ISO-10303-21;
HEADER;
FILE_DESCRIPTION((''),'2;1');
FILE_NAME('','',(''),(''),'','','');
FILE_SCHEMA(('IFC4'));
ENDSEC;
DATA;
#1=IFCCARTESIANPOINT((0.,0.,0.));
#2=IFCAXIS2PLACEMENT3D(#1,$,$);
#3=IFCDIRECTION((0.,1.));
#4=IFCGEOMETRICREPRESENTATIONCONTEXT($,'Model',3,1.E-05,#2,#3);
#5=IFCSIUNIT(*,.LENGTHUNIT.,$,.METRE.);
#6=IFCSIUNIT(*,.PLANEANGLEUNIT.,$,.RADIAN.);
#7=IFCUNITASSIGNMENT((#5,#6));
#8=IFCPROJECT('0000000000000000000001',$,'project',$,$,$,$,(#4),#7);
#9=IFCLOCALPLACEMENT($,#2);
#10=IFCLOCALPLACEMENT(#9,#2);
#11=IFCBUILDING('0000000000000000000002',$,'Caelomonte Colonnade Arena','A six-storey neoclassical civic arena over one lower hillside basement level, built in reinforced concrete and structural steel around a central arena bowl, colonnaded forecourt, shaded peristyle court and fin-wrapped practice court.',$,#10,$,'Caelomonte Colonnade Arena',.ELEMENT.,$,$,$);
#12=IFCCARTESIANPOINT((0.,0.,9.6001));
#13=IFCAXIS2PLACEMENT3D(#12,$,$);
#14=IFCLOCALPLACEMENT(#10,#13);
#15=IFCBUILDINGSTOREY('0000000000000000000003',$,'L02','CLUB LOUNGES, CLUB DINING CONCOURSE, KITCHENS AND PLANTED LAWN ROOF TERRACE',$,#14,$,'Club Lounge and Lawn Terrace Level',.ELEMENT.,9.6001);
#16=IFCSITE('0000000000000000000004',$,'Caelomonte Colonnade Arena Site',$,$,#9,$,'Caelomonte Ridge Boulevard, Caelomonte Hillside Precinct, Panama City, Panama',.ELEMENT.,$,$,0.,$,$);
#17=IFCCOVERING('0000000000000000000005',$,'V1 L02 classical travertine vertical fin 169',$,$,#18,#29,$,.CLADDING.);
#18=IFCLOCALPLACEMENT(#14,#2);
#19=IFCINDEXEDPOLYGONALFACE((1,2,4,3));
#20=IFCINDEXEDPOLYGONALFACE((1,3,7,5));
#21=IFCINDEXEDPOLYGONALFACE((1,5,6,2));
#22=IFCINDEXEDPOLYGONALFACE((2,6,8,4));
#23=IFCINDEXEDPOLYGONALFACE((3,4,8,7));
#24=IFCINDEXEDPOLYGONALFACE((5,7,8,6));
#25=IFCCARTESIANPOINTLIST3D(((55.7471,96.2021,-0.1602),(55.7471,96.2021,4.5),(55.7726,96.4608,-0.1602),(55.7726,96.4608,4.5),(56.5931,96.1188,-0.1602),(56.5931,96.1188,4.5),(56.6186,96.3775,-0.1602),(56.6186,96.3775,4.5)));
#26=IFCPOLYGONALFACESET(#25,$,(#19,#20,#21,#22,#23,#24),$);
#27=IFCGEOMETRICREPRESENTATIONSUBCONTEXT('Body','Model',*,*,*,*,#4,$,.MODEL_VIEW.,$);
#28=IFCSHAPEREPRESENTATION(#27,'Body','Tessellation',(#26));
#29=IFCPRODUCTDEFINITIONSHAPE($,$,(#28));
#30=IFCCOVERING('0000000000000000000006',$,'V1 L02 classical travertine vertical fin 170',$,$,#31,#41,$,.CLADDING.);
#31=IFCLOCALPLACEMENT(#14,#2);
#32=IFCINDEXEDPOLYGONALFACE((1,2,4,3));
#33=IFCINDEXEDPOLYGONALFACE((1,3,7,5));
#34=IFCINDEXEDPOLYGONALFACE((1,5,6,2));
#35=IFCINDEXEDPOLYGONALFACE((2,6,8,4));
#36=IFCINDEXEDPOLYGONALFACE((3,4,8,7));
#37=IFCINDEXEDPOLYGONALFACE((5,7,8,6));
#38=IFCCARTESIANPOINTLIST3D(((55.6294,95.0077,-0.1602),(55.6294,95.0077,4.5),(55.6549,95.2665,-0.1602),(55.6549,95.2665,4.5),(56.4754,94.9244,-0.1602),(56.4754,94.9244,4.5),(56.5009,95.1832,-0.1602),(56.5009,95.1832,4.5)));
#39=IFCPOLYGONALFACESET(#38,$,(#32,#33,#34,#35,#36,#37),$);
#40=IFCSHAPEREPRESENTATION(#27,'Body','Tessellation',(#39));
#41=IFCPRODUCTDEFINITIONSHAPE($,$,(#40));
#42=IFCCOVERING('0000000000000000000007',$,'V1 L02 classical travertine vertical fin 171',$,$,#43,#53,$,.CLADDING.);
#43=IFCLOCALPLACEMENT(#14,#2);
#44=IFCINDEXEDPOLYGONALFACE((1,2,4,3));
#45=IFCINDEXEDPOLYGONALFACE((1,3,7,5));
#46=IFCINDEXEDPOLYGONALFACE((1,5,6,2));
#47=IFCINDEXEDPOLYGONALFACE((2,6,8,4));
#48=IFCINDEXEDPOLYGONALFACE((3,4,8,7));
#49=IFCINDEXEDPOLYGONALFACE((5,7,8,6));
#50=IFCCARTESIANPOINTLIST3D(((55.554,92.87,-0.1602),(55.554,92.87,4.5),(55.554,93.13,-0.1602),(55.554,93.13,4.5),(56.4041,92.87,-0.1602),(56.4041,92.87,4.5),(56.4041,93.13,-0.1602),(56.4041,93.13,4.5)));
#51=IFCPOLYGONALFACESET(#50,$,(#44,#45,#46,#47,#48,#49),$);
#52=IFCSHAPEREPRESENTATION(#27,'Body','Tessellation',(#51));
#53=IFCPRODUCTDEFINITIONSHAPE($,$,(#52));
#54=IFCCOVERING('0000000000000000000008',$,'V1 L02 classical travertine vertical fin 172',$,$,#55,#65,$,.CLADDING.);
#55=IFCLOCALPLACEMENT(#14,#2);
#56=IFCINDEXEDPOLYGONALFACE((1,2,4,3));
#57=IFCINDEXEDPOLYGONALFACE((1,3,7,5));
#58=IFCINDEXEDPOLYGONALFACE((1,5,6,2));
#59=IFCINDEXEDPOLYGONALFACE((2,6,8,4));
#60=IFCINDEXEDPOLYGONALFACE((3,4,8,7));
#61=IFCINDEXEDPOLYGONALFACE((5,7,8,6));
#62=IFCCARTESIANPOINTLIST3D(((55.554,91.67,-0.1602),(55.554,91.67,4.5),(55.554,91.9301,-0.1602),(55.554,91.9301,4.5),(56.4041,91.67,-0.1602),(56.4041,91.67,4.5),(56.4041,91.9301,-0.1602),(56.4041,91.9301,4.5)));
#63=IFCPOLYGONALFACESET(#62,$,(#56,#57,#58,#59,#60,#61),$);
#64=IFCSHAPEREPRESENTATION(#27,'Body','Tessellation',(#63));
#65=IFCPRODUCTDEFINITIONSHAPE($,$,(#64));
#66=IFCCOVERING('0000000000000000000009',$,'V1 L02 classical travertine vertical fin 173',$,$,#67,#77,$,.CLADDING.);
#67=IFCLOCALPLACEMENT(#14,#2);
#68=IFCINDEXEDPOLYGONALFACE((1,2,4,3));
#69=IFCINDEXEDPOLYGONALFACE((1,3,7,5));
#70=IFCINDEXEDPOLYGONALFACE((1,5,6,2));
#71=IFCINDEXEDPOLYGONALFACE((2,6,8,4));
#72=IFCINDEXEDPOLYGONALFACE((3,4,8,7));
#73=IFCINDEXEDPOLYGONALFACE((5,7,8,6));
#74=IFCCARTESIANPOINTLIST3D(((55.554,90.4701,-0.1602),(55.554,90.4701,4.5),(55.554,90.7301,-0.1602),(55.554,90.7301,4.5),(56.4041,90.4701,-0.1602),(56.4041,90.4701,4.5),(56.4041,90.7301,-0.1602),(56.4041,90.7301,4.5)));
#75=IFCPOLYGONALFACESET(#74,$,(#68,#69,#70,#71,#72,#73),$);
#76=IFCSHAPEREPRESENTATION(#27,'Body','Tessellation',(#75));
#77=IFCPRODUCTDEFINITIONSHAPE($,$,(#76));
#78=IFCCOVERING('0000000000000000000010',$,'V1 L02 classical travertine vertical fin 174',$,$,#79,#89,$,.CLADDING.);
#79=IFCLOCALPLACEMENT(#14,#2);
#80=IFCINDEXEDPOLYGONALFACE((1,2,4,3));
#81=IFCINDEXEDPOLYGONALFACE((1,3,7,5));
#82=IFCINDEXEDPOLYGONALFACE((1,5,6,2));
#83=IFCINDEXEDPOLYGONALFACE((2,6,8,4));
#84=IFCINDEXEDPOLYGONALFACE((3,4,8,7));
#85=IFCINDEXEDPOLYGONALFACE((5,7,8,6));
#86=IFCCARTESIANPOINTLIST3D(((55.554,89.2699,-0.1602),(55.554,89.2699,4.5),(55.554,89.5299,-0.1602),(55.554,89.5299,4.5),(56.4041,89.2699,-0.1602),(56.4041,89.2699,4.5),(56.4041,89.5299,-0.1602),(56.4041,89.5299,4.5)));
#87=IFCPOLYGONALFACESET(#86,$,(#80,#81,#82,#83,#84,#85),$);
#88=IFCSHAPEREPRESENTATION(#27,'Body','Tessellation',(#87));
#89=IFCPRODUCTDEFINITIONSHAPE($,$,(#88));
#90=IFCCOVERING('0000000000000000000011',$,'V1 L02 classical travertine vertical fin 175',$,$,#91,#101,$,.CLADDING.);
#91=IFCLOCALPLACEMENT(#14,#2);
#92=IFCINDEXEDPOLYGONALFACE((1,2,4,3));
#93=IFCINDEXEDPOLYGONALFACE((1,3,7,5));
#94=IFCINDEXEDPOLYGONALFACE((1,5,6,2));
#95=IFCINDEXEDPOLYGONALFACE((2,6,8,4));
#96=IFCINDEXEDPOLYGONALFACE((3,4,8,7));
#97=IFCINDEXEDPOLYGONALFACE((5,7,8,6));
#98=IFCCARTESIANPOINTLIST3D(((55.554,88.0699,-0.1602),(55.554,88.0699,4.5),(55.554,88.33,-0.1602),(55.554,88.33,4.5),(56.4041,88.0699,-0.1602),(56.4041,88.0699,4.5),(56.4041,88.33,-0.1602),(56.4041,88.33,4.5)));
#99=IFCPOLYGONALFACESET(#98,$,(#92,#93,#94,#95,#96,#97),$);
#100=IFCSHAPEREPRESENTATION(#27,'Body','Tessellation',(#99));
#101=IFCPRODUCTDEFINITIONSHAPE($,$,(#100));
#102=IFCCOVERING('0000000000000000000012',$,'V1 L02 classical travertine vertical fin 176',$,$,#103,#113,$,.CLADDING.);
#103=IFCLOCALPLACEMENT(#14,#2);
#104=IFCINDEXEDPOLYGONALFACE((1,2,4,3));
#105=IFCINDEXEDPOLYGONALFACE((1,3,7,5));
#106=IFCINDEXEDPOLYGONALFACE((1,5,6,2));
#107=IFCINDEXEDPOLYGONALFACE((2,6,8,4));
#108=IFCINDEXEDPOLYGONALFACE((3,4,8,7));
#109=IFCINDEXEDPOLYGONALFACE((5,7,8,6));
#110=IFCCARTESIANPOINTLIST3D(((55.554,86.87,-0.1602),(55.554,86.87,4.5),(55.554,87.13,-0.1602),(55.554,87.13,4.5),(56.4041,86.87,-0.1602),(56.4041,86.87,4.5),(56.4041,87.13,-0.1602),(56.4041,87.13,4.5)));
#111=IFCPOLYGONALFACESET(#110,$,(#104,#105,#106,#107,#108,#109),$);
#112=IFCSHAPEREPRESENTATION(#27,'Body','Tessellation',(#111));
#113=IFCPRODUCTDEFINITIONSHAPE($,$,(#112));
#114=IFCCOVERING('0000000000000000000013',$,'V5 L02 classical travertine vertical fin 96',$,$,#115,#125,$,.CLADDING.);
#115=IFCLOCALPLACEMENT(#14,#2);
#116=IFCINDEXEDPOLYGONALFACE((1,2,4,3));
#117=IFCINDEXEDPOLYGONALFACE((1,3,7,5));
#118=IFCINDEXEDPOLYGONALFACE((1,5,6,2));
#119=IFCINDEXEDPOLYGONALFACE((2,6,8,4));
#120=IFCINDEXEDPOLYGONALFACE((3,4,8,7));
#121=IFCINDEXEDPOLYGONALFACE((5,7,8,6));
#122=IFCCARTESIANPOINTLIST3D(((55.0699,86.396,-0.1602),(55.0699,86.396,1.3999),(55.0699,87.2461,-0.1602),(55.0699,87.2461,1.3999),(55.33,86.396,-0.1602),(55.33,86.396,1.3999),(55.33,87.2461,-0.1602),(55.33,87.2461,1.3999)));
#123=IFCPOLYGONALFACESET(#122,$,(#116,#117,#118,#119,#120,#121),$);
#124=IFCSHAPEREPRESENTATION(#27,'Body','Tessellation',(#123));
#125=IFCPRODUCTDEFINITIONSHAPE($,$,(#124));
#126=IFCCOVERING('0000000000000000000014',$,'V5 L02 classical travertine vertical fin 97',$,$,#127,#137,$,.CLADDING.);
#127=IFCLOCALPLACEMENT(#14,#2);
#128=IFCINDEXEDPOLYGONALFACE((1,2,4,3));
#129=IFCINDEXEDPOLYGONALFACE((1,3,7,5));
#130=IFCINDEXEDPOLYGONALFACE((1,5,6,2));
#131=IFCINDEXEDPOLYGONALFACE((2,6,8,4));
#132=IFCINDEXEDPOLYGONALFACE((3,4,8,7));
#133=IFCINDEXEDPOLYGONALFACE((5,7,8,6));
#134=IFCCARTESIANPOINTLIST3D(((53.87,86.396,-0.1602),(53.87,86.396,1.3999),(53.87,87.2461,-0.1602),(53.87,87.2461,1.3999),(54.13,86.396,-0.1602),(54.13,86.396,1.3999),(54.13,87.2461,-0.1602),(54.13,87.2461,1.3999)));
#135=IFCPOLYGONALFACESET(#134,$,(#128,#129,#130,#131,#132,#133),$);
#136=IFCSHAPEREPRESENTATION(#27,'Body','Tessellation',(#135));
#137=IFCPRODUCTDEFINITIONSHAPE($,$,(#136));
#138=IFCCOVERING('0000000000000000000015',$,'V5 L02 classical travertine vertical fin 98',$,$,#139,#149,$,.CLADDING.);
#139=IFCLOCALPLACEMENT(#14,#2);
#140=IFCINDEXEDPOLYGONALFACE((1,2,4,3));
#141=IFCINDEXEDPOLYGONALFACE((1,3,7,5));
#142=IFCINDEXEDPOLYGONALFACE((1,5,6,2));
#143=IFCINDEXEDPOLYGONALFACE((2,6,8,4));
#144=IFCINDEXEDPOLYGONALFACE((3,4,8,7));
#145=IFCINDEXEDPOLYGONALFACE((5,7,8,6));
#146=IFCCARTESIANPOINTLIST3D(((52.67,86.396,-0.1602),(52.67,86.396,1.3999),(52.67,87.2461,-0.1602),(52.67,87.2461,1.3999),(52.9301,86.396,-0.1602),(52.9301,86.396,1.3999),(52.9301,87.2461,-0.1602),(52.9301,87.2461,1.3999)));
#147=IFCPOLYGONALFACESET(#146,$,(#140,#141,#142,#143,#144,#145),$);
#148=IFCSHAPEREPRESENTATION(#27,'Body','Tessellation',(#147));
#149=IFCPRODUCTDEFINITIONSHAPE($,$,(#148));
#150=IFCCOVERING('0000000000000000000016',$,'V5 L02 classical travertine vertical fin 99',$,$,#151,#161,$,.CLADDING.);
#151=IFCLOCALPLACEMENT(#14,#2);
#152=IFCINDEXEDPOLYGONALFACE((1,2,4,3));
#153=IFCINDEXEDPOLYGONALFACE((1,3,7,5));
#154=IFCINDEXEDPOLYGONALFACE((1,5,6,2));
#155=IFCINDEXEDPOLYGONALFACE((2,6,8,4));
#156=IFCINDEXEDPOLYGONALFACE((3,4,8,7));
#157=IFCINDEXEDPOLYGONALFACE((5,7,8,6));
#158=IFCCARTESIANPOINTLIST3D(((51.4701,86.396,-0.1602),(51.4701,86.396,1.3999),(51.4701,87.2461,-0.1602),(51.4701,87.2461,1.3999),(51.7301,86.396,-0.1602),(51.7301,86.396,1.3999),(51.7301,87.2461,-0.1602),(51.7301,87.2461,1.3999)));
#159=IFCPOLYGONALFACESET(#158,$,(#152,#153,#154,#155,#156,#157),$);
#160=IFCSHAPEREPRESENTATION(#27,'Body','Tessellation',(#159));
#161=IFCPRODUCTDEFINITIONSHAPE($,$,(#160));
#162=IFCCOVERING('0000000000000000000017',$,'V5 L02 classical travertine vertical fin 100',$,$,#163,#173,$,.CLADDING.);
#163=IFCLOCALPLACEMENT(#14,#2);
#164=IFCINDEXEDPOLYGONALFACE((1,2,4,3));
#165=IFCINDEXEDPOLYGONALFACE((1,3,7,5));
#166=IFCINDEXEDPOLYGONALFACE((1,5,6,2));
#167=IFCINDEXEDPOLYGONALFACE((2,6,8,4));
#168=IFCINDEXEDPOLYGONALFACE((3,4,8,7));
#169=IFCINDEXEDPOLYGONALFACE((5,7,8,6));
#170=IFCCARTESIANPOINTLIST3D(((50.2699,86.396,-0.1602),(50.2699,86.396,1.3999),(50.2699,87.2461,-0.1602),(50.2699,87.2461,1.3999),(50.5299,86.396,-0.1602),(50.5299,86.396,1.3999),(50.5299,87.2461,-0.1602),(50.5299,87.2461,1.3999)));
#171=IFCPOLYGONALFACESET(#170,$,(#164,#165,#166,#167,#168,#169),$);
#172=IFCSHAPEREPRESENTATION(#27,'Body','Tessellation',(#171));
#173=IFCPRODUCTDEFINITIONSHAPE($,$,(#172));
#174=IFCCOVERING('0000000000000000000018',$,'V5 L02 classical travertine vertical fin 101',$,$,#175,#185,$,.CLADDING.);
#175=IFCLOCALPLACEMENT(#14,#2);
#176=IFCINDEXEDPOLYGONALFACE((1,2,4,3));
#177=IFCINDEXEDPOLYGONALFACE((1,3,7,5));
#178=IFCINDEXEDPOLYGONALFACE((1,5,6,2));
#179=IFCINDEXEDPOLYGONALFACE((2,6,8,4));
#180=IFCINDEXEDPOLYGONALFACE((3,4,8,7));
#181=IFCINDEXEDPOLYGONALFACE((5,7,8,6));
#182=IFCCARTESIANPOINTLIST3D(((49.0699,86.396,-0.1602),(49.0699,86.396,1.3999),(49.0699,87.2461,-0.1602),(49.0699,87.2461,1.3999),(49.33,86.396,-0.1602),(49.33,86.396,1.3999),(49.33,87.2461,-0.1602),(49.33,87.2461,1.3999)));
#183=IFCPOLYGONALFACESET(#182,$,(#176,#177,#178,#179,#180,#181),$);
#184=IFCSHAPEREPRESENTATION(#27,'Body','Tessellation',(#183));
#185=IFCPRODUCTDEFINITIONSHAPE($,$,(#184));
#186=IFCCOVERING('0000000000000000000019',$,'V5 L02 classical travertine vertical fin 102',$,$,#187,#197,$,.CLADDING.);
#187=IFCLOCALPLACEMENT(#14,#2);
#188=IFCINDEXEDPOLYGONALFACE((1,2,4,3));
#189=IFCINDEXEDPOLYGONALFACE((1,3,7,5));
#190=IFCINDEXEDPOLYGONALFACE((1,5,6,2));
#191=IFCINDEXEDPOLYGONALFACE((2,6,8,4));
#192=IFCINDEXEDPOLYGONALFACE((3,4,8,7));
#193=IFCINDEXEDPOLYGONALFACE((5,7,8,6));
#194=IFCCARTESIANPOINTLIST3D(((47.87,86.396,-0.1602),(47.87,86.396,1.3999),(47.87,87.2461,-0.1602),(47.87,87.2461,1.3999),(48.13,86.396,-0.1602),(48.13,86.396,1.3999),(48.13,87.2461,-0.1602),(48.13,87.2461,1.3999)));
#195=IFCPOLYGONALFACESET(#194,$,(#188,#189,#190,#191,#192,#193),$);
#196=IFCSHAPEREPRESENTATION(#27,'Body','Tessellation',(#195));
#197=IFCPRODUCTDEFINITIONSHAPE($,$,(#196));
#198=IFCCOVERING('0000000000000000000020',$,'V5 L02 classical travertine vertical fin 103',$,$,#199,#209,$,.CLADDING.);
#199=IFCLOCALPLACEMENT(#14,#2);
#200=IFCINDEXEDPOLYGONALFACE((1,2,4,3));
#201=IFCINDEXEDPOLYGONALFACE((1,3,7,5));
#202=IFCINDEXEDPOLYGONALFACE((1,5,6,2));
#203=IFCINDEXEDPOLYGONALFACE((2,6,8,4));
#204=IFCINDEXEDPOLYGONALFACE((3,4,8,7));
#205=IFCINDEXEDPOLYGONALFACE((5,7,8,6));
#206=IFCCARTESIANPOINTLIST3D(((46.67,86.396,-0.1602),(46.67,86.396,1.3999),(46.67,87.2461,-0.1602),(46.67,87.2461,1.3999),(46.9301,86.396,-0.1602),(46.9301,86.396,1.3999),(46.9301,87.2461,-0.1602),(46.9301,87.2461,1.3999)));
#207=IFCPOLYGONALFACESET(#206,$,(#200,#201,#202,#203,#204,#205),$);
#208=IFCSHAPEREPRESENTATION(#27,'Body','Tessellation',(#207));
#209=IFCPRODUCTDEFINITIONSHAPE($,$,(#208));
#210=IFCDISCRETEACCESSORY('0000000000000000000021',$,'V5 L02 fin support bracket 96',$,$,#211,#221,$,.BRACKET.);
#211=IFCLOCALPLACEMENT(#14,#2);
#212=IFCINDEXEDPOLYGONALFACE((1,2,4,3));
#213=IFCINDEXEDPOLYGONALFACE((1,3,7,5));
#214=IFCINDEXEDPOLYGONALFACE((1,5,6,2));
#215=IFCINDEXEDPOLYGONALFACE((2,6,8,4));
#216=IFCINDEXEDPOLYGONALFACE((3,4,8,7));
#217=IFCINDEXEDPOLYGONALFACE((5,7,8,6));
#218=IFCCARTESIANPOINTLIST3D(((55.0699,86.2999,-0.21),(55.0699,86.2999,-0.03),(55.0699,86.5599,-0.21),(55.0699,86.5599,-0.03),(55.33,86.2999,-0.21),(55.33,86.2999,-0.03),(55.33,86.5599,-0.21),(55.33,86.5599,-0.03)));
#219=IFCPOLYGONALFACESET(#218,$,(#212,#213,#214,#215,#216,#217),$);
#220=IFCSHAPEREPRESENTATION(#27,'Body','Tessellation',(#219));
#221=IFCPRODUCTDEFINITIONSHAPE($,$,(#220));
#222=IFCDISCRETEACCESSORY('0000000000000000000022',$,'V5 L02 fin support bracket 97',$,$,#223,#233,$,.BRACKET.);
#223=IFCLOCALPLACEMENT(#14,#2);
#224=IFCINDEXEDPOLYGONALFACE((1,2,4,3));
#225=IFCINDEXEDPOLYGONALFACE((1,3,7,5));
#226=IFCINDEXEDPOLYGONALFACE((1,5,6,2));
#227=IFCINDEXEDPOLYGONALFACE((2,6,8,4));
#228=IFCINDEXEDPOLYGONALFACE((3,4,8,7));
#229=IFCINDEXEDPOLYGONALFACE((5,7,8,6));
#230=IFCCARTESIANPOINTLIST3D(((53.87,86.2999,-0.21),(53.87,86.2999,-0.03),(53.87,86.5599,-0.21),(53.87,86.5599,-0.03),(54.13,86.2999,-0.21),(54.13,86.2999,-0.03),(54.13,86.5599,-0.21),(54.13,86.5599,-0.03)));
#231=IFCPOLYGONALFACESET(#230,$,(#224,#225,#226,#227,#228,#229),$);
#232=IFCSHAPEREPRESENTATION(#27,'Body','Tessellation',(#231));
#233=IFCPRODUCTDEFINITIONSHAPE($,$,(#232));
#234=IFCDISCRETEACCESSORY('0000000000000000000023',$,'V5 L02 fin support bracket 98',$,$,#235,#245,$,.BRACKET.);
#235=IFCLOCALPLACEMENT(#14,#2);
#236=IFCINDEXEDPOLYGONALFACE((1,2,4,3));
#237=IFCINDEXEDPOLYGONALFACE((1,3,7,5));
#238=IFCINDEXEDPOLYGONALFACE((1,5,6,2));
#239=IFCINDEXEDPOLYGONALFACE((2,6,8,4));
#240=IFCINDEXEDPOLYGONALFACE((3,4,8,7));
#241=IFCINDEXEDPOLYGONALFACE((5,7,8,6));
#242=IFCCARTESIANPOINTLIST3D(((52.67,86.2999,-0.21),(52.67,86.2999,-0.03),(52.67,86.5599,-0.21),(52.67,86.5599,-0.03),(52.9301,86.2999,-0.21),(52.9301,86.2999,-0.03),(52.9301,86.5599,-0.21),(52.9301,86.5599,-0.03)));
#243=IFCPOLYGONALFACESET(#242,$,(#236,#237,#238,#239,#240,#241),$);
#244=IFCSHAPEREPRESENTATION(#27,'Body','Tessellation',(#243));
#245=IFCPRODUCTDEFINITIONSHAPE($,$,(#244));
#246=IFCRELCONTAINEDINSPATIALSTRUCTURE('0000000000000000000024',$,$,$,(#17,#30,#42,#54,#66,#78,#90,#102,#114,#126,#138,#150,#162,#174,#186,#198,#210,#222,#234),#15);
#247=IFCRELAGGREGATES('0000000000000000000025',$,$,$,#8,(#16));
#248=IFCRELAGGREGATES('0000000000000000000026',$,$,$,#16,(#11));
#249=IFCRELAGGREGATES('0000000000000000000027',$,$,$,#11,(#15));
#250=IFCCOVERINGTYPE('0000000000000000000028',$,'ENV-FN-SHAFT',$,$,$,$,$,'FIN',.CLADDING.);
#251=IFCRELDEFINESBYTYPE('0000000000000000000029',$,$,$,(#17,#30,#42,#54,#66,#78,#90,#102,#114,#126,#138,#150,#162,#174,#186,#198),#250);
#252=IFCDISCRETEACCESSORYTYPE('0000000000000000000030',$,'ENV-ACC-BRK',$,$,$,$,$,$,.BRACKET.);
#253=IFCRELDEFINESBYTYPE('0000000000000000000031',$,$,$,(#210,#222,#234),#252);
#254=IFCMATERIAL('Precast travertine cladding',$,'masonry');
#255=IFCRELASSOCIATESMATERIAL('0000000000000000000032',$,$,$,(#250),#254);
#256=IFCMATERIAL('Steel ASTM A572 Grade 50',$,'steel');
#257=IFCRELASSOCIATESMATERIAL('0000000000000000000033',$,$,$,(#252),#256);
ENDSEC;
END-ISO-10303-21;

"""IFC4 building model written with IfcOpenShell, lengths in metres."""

from ifc_helpers import new_model, si_unit, direction, frame, origin, origin_2d, place, context, subcontext, project, spatial, rectangle, extrude, material, material_profile, profile_set, type_object, element, save


model = new_model("IFC4")

# Units and contexts
model_context = context("Model", 3, precision=1e-05, world=origin(), true_north=direction((0.0, 1.0)))
body_context = subcontext(model_context, "Body", "Model", "MODEL_VIEW")
ifc_project = project(units=[si_unit("LENGTHUNIT", "METRE"), si_unit("PLANEANGLEUNIT", "RADIAN")], contexts=[model_context])

# Site, building, storey
site_placement = place(None, origin())
site = spatial("IfcSite", under=ifc_project, at=site_placement, Name="Caelomonte Colonnade Arena Site", LongName="Caelomonte Ridge Boulevard, Caelomonte Hillside Precinct, Panama City, Panama", CompositionType="ELEMENT", RefElevation=0.0)
building_placement = place(site_placement, origin())
building = spatial("IfcBuilding", under=site, at=building_placement, Name="Caelomonte Colonnade Arena", Description="A six-storey neoclassical civic arena over one lower hillside basement level, built in reinforced concrete and structural steel around a central arena bowl, colonnaded forecourt, shaded peristyle court and fin-wrapped practice court.", LongName="Caelomonte Colonnade Arena", CompositionType="ELEMENT")
storey_placement = place(building_placement, frame((0.0, 0.0, 9.6001)))
storey = spatial("IfcBuildingStorey", under=building, at=storey_placement, Name="L02", Description="CLUB LOUNGES, CLUB DINING CONCOURSE, KITCHENS AND PLANTED LAWN ROOF TERRACE", LongName="Club Lounge and Lawn Terrace Level", CompositionType="ELEMENT", Elevation=9.6001)

# Coverings
ifc_material_1 = material(Name="Precast travertine cladding", Category="masonry")
ifc_material_profile = material_profile(ifc_material_1, rectangle(XDim=0.26, YDim=0.8501, at=origin_2d()), Name="FIN260X850")
ifc_profile_set = profile_set([ifc_material_profile], Name="Precast travertine cladding")
covering_type = type_object("IfcCoveringType", Name="ENV-FN-SHAFT", ElementType="FIN", PredefinedType="CLADDING", material=ifc_profile_set)
for number, where, z_axis, x_axis, name in (
    (1, (56.1829, 96.2898, -0.1602), (0.0, 0.0, 1.0), (0.098015, 0.995185, 0.0), "V1 L02 classical travertine vertical fin 169"),
    (2, (56.0652, 95.0955, -0.1602), (0.0, 0.0, 1.0), (0.098015, 0.995185, 0.0), "V1 L02 classical travertine vertical fin 170"),
    (3, (55.979, 93.0, -0.1602), (0.0, 0.0, 1.0), (0.0, 1.0, 0.0), "V1 L02 classical travertine vertical fin 171"),
    (4, (55.979, 91.8, -0.1602), (0.0, 0.0, 1.0), (0.0, 1.0, 0.0), "V1 L02 classical travertine vertical fin 172"),
    (5, (55.979, 90.6001, -0.1602), (0.0, 0.0, 1.0), (0.0, 1.0, 0.0), "V1 L02 classical travertine vertical fin 173"),
    (6, (55.979, 89.3999, -0.1602), (0.0, 0.0, 1.0), (0.0, 1.0, 0.0), "V1 L02 classical travertine vertical fin 174"),
    (7, (55.979, 88.2, -0.1602), (0.0, 0.0, 1.0), (0.0, 1.0, 0.0), "V1 L02 classical travertine vertical fin 175"),
    (8, (55.979, 87.0, -0.1602), (0.0, 0.0, 1.0), (0.0, 1.0, 0.0), "V1 L02 classical travertine vertical fin 176"),
):
    element("IfcCovering", number, at=place(storey_placement, frame(where, z_axis=z_axis, x_axis=x_axis)), inside=storey, type_object=covering_type, Name=name, PredefinedType="CLADDING", context=body_context, shape_type="SweptSolid", body=[
        extrude(rectangle(XDim=0.26, YDim=0.8501, at=origin_2d()), origin(), (0.0, 0.0, 1.0), 4.6602),
    ])
for number, where, z_axis, x_axis, name in (
    (9, (55.2, 86.821, -0.1602), (0.0, 0.0, 1.0), (1.0, 0.0, 0.0), "V5 L02 classical travertine vertical fin 96"),
    (10, (54.0, 86.821, -0.1602), (0.0, 0.0, 1.0), (1.0, 0.0, 0.0), "V5 L02 classical travertine vertical fin 97"),
    (11, (52.8, 86.821, -0.1602), (0.0, 0.0, 1.0), (1.0, 0.0, 0.0), "V5 L02 classical travertine vertical fin 98"),
    (12, (51.6001, 86.821, -0.1602), (0.0, 0.0, 1.0), (1.0, 0.0, 0.0), "V5 L02 classical travertine vertical fin 99"),
    (13, (50.3999, 86.821, -0.1602), (0.0, 0.0, 1.0), (1.0, 0.0, 0.0), "V5 L02 classical travertine vertical fin 100"),
    (14, (49.2, 86.821, -0.1602), (0.0, 0.0, 1.0), (1.0, 0.0, 0.0), "V5 L02 classical travertine vertical fin 101"),
    (15, (48.0, 86.821, -0.1602), (0.0, 0.0, 1.0), (1.0, 0.0, 0.0), "V5 L02 classical travertine vertical fin 102"),
    (16, (46.8, 86.821, -0.1602), (0.0, 0.0, 1.0), (1.0, 0.0, 0.0), "V5 L02 classical travertine vertical fin 103"),
):
    element("IfcCovering", number, at=place(storey_placement, frame(where, z_axis=z_axis, x_axis=x_axis)), inside=storey, type_object=covering_type, Name=name, PredefinedType="CLADDING", context=body_context, shape_type="SweptSolid", body=[
        extrude(rectangle(XDim=0.26, YDim=0.8501, at=origin_2d()), origin(), (0.0, 0.0, 1.0), 1.5601),
    ])

# Discrete accessories
ifc_material_2 = material(Name="Steel ASTM A572 Grade 50", Category="steel")
discrete_accessory_type = type_object("IfcDiscreteAccessoryType", Name="ENV-ACC-BRK", PredefinedType="BRACKET", material=ifc_material_2)
for number, where, z_axis, x_axis, name in (
    (17, (55.2, 86.4299, -0.21), (0.0, 0.0, 1.0), (-1.0, 0.0, 0.0), "V5 L02 fin support bracket 96"),
    (18, (54.0, 86.4299, -0.21), (0.0, 0.0, 1.0), (-1.0, 0.0, 0.0), "V5 L02 fin support bracket 97"),
    (19, (52.8, 86.4299, -0.21), (0.0, 0.0, 1.0), (-1.0, 0.0, 0.0), "V5 L02 fin support bracket 98"),
):
    element("IfcDiscreteAccessory", number, at=place(storey_placement, frame(where, z_axis=z_axis, x_axis=x_axis)), inside=storey, type_object=discrete_accessory_type, Name=name, PredefinedType="BRACKET", context=body_context, shape_type="SweptSolid", body=[
        extrude(rectangle(XDim=0.26, YDim=0.26, at=origin_2d()), origin(), (0.0, 0.0, 1.0), 0.1799),
    ])

save(model, "model.ifc")
